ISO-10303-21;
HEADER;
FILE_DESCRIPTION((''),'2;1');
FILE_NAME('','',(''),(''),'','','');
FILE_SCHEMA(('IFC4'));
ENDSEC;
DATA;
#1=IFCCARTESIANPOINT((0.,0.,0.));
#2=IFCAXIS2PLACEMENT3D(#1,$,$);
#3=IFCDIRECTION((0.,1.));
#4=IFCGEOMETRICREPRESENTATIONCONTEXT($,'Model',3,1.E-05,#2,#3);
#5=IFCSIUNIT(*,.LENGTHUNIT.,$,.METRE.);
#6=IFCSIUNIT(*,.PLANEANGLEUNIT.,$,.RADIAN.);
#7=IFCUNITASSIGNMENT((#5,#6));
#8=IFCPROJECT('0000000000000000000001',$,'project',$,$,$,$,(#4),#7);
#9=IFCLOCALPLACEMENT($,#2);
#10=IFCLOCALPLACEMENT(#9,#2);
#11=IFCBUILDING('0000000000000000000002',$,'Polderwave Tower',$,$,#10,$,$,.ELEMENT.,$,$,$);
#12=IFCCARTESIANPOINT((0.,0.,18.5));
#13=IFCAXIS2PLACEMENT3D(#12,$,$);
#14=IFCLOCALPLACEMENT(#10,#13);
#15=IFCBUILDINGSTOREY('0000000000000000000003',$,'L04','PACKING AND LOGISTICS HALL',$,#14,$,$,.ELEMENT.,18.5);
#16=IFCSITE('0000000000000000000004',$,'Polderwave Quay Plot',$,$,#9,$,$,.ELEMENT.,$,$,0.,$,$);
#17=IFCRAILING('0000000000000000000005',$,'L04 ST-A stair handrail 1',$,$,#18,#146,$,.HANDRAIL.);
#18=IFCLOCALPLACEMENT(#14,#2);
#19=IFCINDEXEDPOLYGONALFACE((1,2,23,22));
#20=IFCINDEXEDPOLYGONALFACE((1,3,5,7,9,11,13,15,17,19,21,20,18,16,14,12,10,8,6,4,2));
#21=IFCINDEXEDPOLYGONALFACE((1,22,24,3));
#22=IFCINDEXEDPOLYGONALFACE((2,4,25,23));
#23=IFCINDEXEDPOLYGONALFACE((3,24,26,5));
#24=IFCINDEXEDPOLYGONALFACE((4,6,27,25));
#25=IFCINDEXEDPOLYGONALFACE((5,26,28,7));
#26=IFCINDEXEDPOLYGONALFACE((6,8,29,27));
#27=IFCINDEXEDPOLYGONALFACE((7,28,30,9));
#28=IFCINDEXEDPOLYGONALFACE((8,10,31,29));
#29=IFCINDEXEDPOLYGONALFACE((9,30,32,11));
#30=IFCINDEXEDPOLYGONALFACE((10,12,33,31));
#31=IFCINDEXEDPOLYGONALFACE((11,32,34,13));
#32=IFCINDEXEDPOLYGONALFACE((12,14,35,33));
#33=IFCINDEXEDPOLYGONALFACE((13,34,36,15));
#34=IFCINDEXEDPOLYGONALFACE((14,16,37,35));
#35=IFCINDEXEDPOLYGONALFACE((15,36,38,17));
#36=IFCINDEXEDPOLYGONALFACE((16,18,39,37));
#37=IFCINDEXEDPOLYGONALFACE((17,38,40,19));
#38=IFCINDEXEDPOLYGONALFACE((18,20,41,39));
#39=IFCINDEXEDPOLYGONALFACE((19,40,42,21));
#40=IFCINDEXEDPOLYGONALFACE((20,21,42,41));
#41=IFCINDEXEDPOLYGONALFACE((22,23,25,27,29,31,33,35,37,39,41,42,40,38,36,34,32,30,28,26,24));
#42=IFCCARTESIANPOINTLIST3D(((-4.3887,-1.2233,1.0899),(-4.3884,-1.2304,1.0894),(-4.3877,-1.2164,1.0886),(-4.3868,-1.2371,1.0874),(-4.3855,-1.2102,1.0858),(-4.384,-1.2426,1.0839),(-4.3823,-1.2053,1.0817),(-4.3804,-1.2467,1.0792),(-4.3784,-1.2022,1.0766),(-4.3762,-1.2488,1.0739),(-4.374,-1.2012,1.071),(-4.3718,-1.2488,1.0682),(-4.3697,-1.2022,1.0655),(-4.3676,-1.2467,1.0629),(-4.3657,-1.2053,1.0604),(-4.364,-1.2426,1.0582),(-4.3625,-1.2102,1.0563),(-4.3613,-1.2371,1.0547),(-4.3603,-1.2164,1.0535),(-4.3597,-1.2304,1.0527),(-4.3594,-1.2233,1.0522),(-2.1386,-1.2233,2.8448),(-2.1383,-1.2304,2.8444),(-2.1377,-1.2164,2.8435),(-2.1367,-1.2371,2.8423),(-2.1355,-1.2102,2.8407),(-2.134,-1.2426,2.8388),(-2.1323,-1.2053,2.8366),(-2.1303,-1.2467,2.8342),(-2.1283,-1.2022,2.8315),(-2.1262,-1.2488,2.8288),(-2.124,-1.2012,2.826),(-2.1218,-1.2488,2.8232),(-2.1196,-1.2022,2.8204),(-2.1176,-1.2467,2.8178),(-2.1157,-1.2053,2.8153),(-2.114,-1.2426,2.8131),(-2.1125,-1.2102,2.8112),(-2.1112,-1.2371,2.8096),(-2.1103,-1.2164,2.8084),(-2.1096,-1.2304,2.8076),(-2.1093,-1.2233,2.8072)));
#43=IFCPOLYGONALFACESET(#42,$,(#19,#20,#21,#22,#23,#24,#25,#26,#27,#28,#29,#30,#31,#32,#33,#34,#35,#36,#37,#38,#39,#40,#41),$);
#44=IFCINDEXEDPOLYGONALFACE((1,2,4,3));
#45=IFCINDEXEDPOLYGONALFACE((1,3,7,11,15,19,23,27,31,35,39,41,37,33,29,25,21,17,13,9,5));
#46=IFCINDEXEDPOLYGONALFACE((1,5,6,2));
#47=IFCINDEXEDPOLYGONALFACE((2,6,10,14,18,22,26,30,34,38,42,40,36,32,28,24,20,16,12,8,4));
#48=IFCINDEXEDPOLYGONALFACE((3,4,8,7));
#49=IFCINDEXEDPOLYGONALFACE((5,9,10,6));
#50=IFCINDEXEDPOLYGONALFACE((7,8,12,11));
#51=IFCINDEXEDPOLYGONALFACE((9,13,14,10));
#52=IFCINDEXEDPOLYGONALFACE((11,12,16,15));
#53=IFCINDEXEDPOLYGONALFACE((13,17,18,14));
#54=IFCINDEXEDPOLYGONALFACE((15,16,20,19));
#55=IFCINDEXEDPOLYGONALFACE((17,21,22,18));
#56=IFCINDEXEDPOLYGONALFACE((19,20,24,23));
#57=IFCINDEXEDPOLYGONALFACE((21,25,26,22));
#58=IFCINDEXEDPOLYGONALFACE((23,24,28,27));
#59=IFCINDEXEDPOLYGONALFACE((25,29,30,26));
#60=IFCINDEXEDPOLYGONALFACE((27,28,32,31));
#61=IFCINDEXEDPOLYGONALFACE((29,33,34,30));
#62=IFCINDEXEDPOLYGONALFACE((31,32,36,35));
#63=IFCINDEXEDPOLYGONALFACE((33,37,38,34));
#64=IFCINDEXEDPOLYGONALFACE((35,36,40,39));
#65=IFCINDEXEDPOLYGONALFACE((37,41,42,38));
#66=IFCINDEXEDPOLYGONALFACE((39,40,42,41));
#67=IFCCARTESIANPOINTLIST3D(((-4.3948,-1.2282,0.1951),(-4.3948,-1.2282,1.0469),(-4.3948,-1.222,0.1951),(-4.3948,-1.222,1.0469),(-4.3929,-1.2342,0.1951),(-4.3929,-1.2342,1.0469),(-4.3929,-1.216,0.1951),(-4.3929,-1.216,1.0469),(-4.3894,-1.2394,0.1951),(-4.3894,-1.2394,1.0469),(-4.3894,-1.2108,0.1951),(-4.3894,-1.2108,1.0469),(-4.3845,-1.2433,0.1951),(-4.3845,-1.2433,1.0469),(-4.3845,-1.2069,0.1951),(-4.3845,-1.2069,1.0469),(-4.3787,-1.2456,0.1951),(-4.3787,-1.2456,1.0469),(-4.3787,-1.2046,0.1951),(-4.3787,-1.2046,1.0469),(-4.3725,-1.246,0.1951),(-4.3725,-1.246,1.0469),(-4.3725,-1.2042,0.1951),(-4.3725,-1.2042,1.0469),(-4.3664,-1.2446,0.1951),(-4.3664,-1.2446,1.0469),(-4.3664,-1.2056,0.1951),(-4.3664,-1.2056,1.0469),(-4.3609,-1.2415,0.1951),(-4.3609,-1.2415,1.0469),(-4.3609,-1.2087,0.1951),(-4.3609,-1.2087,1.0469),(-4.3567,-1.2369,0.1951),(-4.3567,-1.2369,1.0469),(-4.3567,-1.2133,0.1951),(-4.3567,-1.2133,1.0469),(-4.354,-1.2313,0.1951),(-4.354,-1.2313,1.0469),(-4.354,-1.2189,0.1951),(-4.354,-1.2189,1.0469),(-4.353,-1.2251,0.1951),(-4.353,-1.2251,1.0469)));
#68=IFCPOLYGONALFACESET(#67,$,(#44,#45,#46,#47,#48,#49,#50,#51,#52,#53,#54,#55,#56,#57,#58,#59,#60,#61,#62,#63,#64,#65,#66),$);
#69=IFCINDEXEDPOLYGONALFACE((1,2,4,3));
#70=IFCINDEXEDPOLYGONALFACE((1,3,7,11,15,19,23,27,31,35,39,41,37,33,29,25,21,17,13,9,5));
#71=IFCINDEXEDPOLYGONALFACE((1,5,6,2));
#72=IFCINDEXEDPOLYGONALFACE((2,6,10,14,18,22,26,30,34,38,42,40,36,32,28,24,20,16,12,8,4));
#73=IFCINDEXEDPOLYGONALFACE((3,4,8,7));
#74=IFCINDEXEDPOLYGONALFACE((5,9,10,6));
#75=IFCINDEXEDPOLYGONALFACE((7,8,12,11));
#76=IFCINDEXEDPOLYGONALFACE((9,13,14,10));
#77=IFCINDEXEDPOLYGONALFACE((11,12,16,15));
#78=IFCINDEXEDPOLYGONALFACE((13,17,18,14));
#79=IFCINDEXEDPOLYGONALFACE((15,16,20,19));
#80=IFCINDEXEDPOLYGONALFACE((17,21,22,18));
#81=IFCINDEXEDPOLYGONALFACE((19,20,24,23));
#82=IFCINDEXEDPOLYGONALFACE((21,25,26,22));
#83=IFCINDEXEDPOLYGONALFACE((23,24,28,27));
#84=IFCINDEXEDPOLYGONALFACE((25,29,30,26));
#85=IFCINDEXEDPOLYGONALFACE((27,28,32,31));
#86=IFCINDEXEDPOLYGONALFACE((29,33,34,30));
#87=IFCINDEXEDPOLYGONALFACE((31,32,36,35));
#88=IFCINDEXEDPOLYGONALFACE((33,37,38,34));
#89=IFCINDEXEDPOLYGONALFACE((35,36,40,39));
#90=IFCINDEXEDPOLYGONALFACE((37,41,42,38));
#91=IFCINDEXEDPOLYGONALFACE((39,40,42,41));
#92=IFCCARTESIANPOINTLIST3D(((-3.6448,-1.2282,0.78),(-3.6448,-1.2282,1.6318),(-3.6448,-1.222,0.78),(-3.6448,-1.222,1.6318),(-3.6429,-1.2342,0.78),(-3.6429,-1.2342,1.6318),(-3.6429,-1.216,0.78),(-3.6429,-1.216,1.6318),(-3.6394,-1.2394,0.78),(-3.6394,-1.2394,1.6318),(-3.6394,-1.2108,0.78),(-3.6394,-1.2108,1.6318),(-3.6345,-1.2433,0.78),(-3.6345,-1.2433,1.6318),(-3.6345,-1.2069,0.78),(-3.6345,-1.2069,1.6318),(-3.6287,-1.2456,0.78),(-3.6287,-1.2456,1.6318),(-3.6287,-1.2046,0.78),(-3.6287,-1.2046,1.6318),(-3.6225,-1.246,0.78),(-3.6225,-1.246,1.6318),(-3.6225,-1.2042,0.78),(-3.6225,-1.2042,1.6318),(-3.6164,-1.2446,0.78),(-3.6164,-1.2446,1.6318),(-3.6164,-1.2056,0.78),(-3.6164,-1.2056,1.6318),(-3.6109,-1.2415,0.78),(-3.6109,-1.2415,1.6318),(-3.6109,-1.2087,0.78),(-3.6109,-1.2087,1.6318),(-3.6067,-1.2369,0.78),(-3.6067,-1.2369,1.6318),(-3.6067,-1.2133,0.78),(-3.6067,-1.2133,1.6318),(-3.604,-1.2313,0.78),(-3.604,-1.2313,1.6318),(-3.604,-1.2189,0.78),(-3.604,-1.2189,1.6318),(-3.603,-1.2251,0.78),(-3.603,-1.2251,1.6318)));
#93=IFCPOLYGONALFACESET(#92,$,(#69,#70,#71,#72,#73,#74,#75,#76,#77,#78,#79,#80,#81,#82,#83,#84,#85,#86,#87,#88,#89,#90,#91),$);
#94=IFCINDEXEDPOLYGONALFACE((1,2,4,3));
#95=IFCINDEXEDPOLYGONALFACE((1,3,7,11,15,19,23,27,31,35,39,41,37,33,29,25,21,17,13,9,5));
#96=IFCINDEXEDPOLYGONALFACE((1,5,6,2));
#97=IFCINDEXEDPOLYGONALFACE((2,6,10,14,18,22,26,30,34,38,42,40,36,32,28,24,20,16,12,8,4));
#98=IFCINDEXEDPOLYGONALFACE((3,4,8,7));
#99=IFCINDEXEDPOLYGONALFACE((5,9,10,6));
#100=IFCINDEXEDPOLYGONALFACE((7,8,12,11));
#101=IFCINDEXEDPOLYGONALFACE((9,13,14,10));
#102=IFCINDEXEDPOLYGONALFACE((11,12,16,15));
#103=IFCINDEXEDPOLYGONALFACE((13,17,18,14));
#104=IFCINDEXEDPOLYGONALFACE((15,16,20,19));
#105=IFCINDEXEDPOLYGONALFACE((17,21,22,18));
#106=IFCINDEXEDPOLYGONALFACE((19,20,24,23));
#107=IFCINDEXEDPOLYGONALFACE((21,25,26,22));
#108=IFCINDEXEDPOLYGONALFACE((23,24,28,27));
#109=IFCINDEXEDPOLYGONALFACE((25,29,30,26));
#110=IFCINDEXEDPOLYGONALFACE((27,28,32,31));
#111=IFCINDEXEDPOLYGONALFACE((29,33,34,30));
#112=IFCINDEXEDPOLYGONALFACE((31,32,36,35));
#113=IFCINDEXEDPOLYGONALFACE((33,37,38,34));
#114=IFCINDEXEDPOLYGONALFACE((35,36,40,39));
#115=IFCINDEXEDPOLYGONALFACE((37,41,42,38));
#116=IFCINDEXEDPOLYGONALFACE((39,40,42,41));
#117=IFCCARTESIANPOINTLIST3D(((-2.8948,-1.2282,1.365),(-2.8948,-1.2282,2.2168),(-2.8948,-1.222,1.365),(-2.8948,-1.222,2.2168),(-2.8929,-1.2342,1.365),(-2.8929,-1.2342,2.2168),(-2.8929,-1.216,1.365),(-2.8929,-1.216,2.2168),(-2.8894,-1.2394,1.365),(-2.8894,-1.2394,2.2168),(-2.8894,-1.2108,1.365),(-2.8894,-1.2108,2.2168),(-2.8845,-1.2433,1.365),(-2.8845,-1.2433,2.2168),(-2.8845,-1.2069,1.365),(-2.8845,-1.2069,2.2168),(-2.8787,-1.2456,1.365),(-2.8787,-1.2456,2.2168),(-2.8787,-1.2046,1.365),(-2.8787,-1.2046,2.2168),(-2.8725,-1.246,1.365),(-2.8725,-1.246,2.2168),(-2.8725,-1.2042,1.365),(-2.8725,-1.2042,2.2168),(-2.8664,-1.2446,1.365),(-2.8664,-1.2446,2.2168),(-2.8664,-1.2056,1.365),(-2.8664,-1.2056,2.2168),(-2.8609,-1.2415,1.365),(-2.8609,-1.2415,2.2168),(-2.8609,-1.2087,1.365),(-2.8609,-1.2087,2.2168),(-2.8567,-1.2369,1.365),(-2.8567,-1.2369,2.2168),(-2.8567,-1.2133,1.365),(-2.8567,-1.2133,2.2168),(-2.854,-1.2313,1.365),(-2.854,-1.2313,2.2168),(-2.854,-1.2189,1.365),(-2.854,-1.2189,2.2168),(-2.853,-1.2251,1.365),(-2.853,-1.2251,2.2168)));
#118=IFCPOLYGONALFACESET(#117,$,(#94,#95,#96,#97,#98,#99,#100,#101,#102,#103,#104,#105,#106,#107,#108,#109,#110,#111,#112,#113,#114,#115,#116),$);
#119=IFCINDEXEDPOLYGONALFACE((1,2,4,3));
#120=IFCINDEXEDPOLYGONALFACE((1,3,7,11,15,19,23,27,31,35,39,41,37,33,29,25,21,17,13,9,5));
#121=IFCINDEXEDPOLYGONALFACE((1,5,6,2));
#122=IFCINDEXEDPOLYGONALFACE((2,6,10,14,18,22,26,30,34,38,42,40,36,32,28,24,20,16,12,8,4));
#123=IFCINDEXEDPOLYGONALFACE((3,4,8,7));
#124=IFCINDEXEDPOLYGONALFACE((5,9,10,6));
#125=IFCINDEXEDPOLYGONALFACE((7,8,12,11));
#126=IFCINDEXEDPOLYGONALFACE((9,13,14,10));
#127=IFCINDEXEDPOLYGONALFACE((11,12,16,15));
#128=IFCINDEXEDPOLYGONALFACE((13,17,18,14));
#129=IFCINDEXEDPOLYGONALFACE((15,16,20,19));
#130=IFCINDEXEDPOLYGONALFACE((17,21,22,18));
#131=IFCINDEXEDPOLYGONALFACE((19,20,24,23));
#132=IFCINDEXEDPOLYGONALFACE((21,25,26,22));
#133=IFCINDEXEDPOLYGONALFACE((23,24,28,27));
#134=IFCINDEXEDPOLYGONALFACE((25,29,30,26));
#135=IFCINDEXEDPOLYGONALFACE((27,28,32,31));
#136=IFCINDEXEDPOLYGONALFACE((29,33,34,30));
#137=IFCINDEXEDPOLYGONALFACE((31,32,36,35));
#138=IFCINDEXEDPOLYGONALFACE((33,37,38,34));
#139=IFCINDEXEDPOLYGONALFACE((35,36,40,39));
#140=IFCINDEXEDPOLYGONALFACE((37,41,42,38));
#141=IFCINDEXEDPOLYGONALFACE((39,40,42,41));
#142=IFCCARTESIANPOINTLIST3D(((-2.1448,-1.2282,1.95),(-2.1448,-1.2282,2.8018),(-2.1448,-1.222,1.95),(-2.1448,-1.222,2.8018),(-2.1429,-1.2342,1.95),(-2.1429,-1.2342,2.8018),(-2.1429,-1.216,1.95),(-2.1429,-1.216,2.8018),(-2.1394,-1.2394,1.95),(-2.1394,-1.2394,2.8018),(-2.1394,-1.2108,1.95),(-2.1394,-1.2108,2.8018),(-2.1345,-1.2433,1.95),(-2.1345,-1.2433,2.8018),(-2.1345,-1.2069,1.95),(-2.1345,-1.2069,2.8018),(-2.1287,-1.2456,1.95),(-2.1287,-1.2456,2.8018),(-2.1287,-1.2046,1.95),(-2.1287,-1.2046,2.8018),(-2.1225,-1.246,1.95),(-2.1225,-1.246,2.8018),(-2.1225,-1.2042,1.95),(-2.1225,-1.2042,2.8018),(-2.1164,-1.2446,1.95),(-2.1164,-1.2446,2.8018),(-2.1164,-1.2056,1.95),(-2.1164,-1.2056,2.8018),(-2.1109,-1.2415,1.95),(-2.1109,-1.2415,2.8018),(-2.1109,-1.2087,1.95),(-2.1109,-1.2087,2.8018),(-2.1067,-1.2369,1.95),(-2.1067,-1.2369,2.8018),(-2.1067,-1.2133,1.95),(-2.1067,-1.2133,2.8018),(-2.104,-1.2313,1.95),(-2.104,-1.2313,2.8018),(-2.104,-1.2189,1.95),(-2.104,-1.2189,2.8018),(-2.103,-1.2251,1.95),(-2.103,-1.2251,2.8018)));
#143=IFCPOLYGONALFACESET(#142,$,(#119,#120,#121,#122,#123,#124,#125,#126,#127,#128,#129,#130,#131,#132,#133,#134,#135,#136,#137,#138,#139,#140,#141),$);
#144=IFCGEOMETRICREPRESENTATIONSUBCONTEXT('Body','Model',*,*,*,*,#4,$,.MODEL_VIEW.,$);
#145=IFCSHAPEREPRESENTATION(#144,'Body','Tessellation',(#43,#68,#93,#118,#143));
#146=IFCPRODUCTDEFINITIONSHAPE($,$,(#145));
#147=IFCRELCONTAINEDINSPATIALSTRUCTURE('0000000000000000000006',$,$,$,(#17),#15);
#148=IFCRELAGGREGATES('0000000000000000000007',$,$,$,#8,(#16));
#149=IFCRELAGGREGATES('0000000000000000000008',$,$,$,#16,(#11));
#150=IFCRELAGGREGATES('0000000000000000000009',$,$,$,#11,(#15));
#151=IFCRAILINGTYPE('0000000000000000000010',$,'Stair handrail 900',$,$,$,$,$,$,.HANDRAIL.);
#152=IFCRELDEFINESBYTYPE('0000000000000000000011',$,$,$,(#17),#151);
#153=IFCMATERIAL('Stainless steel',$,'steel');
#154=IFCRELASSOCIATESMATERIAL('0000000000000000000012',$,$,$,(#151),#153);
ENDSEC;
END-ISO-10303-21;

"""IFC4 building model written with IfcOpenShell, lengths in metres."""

from ifc_helpers import new_model, si_unit, direction, frame, origin, origin_2d, place, context, subcontext, project, spatial, circle, extrude, material, type_object, element, save


model = new_model("IFC4")

# Units and contexts
model_context = context("Model", 3, precision=1e-05, world=origin(), true_north=direction((0.0, 1.0)))
body_context = subcontext(model_context, "Body", "Model", "MODEL_VIEW")
ifc_project = project(units=[si_unit("LENGTHUNIT", "METRE"), si_unit("PLANEANGLEUNIT", "RADIAN")], contexts=[model_context])

# Site, building, storey
site_placement = place(None, origin())
site = spatial("IfcSite", under=ifc_project, at=site_placement, Name="Polderwave Quay Plot", CompositionType="ELEMENT", RefElevation=0.0)
building_placement = place(site_placement, origin())
building = spatial("IfcBuilding", under=site, at=building_placement, Name="Polderwave Tower", CompositionType="ELEMENT")
storey_placement = place(building_placement, frame((0.0, 0.0, 18.5)))
storey = spatial("IfcBuildingStorey", under=building, at=storey_placement, Name="L04", Description="PACKING AND LOGISTICS HALL", CompositionType="ELEMENT", Elevation=18.5)

# Railing
ifc_material_1 = material(Name="Stainless steel", Category="steel")
railing_type_1 = type_object("IfcRailingType", Name="Stair handrail 900", PredefinedType="HANDRAIL", material=ifc_material_1)
railing_1_placement = place(storey_placement, frame((-4.374, -1.2251, 0.1951)))
element("IfcRailing", 1, at=railing_1_placement, inside=storey, type_object=railing_type_1, Name="L04 ST-A stair handrail 1", PredefinedType="HANDRAIL", context=body_context, shape_type="SweptSolid", body=[
    extrude(circle(Radius=0.0239, at=origin_2d()), frame((0.0, 0.0, 0.876), z_axis=(0.788522, 0.0, 0.615006), x_axis=(0.0, 1.0, 0.0)), (0.0, 0.0, 1.0), 2.8535),
    extrude(circle(Radius=0.021, at=origin_2d()), origin(), (0.0, 0.0, 1.0), 0.8518),
    extrude(circle(Radius=0.021, at=origin_2d()), frame((0.75, 0.0, 0.585)), (0.0, 0.0, 1.0), 0.8518),
    extrude(circle(Radius=0.021, at=origin_2d()), frame((1.5, 0.0, 1.1699)), (0.0, 0.0, 1.0), 0.8518),
    extrude(circle(Radius=0.021, at=origin_2d()), frame((2.25, 0.0, 1.7549)), (0.0, 0.0, 1.0), 0.8518),
])

save(model, "model.ifc")
